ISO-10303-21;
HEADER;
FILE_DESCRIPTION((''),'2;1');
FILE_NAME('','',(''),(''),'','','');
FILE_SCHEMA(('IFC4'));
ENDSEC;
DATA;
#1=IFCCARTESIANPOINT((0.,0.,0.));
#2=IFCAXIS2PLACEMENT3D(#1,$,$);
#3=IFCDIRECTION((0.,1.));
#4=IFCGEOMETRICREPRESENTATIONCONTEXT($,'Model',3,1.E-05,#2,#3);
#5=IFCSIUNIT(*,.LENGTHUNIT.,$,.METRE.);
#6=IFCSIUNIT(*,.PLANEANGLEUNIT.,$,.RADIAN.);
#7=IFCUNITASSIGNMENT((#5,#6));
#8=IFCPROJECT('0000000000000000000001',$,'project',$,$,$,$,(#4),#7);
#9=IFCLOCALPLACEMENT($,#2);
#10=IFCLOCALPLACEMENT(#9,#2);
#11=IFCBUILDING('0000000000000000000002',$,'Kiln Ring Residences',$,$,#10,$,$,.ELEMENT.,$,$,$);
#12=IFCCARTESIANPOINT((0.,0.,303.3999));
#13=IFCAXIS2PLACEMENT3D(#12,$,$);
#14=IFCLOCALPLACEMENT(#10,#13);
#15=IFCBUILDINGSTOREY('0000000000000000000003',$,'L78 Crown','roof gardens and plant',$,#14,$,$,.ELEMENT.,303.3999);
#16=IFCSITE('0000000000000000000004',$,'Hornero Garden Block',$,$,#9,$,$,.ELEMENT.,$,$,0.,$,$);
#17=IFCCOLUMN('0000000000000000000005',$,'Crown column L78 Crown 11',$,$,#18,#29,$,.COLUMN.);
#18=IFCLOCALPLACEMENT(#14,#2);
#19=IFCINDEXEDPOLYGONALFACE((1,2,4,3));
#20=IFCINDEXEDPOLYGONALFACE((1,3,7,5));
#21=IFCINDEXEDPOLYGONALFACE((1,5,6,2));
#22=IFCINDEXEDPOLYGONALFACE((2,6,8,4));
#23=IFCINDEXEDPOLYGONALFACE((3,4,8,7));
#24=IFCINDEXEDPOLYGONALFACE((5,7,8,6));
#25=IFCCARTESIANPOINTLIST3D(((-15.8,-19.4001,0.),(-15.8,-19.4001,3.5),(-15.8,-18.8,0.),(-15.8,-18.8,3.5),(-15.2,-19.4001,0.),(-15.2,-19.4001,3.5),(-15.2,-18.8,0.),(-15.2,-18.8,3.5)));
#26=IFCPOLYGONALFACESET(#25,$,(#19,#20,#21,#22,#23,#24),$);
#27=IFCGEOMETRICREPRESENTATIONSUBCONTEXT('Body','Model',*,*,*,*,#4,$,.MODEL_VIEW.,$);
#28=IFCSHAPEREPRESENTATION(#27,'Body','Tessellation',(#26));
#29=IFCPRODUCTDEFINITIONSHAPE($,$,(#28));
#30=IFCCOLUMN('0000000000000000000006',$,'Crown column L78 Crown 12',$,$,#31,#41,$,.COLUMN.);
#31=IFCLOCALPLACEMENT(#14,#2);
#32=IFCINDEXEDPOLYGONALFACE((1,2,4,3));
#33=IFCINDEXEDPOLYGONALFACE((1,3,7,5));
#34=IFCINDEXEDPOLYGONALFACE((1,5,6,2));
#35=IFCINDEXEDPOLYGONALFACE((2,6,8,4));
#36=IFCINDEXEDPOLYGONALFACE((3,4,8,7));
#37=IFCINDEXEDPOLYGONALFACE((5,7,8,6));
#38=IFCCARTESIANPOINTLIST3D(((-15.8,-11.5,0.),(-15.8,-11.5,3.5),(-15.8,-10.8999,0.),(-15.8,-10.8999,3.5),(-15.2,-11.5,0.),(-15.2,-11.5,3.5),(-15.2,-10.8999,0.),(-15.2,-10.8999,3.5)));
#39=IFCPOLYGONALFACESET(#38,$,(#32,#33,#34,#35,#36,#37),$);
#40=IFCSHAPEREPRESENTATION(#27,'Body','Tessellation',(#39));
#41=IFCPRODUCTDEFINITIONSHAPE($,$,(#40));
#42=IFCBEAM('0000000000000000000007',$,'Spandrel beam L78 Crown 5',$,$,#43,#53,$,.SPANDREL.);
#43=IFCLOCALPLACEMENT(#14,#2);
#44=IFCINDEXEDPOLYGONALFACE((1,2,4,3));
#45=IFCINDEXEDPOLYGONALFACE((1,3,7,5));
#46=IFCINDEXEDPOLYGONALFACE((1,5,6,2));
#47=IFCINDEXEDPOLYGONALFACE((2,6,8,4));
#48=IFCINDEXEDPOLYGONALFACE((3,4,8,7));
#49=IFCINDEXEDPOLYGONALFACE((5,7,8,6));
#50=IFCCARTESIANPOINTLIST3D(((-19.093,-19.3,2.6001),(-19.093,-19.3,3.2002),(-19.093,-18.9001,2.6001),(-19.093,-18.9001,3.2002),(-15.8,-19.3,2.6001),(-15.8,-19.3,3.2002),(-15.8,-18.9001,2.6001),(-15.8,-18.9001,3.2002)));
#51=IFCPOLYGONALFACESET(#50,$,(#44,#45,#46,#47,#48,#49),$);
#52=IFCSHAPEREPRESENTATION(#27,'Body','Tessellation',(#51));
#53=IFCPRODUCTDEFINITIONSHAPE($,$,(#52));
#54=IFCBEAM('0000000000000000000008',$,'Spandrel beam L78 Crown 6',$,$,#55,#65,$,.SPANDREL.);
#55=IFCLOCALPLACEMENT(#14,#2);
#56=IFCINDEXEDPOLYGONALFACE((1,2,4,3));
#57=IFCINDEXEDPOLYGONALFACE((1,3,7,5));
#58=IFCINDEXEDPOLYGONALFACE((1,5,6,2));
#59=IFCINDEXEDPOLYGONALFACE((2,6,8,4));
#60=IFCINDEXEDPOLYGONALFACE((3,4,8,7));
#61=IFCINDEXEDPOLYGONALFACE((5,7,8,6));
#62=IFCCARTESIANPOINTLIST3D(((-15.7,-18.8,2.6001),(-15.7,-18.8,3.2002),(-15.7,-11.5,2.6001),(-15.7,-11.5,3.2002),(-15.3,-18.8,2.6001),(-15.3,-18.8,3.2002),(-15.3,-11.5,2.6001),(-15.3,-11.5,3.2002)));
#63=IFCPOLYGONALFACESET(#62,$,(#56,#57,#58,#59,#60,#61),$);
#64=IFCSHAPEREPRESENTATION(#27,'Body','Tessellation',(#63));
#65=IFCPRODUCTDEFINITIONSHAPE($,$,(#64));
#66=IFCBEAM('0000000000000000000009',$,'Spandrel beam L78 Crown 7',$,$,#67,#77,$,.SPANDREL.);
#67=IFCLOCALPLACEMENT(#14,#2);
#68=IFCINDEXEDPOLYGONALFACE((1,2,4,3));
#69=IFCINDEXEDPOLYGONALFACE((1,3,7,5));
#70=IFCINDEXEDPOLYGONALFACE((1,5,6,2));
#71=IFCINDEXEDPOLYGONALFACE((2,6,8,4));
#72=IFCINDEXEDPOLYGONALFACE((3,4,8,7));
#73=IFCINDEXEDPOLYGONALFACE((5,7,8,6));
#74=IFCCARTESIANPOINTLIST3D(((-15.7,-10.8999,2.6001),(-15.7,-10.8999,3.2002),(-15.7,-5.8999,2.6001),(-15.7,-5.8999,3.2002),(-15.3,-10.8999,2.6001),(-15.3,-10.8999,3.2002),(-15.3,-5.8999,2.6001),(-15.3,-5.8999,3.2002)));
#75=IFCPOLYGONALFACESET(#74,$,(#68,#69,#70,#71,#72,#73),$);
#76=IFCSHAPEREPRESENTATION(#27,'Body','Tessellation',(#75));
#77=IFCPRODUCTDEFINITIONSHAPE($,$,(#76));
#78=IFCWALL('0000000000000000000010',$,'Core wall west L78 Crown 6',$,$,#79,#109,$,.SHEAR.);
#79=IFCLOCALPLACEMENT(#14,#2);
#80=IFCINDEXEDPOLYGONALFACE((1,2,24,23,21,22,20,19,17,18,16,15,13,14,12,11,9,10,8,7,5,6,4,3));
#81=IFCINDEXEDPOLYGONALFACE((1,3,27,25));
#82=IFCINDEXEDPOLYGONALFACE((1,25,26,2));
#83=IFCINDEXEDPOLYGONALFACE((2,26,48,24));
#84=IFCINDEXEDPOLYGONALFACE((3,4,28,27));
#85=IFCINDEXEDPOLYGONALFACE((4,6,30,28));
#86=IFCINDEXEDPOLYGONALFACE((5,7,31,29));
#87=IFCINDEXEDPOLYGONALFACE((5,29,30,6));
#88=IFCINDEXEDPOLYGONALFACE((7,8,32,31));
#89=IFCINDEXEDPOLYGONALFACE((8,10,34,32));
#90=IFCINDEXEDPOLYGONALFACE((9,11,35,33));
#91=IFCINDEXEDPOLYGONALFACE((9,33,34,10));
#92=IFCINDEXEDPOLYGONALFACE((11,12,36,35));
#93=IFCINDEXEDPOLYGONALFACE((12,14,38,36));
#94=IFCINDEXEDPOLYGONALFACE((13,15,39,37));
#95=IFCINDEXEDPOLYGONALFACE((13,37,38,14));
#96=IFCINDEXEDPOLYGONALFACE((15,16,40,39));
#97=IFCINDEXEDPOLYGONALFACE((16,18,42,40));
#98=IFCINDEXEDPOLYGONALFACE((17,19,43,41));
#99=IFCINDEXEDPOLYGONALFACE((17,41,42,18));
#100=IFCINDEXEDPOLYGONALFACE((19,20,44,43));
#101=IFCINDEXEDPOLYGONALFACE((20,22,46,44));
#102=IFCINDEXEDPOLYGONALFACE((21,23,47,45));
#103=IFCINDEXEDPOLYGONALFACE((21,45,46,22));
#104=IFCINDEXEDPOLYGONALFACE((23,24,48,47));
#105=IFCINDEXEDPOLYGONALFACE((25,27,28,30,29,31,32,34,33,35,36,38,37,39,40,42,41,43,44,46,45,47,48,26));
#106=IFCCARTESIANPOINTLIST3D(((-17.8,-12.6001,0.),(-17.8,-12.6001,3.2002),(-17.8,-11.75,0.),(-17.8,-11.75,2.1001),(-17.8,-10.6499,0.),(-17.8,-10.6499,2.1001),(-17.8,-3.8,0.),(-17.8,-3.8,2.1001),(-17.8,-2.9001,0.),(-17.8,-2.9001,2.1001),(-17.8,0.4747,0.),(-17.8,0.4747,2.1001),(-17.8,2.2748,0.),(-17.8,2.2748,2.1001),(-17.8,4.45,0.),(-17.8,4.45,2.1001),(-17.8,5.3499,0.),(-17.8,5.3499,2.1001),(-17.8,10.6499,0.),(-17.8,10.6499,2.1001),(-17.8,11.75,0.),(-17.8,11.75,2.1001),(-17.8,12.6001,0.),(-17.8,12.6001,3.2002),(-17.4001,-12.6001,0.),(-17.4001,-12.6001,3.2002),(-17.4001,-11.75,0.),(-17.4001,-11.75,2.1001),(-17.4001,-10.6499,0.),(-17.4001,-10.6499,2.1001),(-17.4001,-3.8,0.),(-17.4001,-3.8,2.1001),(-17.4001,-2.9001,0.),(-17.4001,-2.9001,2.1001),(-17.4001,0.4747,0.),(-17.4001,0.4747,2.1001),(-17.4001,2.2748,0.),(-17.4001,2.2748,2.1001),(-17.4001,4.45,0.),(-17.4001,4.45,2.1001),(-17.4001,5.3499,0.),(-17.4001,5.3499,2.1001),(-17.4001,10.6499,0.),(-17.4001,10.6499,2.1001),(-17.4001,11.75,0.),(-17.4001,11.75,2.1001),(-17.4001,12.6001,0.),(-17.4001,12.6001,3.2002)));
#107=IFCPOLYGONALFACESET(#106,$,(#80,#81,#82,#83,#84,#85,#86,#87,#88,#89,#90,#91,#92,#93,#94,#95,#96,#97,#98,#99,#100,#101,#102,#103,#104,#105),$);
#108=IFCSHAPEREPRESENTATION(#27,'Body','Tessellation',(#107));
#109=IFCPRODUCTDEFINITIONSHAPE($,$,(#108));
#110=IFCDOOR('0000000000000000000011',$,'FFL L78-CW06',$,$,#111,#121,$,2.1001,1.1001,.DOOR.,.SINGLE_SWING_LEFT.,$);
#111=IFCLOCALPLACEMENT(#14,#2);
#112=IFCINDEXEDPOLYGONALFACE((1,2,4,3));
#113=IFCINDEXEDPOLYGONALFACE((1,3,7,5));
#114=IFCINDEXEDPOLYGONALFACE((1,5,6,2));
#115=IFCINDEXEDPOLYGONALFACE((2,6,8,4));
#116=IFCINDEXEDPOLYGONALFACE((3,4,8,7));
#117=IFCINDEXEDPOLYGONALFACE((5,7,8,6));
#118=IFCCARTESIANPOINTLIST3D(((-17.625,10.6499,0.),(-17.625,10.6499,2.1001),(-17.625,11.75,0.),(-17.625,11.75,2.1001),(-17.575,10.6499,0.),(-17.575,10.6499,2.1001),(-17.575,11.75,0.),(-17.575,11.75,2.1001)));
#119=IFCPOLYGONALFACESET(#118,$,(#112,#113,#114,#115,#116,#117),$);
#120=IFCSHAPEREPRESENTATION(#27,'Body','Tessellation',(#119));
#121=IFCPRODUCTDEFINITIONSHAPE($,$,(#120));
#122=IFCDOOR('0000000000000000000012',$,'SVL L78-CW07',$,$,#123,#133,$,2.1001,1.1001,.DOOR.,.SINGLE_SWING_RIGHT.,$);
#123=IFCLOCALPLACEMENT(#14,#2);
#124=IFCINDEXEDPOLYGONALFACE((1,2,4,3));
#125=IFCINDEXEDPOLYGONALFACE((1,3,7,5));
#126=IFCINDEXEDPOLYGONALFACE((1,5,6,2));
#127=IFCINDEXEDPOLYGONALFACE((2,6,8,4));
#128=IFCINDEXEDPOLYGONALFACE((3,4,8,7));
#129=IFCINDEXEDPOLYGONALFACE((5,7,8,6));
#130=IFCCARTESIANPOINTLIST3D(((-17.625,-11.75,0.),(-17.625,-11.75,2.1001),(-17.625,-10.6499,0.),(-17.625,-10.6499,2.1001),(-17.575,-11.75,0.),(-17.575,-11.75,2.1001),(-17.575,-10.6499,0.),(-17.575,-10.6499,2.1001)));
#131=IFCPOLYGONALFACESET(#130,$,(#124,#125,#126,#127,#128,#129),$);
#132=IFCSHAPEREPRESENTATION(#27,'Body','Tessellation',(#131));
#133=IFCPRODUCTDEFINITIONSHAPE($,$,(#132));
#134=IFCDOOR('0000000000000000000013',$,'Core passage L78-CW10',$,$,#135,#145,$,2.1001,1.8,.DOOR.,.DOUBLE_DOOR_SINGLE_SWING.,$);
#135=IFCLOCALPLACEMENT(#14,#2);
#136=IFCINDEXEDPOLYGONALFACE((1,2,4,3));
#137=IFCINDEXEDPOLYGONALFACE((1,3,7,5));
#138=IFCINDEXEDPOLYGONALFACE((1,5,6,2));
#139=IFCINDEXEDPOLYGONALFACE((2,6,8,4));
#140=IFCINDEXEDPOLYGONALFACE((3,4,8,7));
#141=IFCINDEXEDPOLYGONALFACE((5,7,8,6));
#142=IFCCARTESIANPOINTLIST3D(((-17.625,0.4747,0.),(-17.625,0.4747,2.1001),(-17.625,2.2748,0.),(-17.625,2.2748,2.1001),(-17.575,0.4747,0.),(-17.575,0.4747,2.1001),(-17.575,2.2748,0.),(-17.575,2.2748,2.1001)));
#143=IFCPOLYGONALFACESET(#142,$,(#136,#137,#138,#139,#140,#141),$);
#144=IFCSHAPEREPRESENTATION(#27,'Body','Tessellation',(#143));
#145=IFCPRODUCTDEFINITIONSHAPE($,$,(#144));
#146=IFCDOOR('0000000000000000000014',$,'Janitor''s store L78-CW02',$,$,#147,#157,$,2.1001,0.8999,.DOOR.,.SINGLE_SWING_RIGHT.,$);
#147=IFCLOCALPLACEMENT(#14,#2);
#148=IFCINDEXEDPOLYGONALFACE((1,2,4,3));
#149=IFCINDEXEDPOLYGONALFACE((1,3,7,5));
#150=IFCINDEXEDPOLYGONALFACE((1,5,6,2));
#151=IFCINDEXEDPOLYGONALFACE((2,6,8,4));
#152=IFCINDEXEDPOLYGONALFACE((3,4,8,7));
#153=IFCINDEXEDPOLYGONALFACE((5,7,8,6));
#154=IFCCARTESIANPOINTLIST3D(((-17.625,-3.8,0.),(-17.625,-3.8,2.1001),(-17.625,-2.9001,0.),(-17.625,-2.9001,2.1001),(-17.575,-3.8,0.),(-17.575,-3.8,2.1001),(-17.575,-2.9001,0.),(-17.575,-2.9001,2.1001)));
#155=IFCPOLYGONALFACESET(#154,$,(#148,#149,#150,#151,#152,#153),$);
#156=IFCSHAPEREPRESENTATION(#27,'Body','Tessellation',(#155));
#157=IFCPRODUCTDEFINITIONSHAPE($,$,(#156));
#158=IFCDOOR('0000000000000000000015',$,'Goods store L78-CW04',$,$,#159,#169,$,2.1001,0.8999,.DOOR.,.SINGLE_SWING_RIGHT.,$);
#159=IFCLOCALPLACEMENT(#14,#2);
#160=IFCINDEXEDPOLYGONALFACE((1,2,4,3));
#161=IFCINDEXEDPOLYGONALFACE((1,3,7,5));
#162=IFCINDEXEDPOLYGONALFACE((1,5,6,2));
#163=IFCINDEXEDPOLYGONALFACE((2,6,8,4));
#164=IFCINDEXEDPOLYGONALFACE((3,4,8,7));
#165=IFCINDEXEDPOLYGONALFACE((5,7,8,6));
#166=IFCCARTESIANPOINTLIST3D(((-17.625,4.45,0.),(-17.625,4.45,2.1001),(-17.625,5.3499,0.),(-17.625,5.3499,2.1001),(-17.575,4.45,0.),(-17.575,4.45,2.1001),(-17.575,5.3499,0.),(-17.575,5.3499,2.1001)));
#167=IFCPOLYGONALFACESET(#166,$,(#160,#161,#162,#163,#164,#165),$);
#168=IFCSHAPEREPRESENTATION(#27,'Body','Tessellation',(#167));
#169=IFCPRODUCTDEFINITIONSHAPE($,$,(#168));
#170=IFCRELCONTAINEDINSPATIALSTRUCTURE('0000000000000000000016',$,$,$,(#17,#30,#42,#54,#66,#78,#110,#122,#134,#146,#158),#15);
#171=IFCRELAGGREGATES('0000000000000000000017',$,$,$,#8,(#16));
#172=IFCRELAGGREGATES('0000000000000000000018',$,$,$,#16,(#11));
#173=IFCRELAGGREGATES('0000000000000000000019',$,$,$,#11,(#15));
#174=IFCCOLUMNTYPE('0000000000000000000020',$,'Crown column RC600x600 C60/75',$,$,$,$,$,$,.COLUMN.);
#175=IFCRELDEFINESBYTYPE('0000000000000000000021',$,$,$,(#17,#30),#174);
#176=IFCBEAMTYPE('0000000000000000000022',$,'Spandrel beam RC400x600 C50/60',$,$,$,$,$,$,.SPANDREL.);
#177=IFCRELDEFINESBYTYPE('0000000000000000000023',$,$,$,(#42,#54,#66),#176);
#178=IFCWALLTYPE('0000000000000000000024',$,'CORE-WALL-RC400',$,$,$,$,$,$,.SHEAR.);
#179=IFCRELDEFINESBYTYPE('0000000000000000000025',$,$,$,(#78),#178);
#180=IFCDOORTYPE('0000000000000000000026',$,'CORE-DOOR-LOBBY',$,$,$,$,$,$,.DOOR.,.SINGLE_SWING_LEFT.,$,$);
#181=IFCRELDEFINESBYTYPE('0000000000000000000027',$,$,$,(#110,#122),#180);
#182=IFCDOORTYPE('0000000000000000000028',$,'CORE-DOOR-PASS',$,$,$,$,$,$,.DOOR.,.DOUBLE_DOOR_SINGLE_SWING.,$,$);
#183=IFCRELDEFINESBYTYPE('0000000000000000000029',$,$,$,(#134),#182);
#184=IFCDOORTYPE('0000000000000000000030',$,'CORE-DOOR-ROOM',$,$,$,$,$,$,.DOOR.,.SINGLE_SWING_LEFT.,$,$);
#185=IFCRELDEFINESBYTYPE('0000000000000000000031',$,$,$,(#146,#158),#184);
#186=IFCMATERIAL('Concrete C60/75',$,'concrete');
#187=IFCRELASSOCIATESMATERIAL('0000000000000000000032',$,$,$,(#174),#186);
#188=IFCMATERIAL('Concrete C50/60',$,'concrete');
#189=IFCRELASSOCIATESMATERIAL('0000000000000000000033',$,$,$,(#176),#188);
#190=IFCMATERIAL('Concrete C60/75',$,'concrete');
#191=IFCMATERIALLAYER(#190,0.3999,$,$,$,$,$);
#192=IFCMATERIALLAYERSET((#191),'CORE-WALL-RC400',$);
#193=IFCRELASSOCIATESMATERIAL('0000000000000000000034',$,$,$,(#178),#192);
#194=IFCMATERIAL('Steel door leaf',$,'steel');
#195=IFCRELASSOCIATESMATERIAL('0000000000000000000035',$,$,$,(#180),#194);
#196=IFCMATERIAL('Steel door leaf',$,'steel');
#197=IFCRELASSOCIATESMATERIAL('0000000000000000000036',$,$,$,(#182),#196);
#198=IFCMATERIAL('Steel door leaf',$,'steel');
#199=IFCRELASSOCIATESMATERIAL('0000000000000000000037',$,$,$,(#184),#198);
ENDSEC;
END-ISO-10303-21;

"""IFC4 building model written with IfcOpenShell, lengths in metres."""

from ifc_helpers import new_model, si_unit, direction, frame, frame_2d, origin, origin_2d, place, context, subcontext, project, spatial, rectangle, extrude, material, layer, layer_set, material_profile, profile_set, type_object, element, fill, save


model = new_model("IFC4")

# Units and contexts
model_context = context("Model", 3, precision=1e-05, world=origin(), true_north=direction((0.0, 1.0)))
body_context = subcontext(model_context, "Body", "Model", "MODEL_VIEW")
ifc_project = project(units=[si_unit("LENGTHUNIT", "METRE"), si_unit("PLANEANGLEUNIT", "RADIAN")], contexts=[model_context])

# Site, building, storey
site_placement = place(None, origin())
site = spatial("IfcSite", under=ifc_project, at=site_placement, Name="Hornero Garden Block", CompositionType="ELEMENT", RefElevation=0.0)
building_placement = place(site_placement, origin())
building = spatial("IfcBuilding", under=site, at=building_placement, Name="Kiln Ring Residences", CompositionType="ELEMENT")
storey_placement = place(building_placement, frame((0.0, 0.0, 303.3999)))
storey = spatial("IfcBuildingStorey", under=building, at=storey_placement, Name="L78 Crown", Description="roof gardens and plant", CompositionType="ELEMENT", Elevation=303.3999)

# Columns
ifc_material_1 = material(Name="Concrete C60/75", Category="concrete")
ifc_material_profile_1 = material_profile(ifc_material_1, rectangle(XDim=0.6001, YDim=0.6001, at=origin_2d()), Name="RC600x600")
ifc_profile_set_1 = profile_set([ifc_material_profile_1], Name="Concrete C60/75")
column_type = type_object("IfcColumnType", Name="Crown column RC600x600 C60/75", PredefinedType="COLUMN", material=ifc_profile_set_1)
for number, where, z_axis, x_axis, name in (
    (1, (-15.5, -19.1001, 0.0), (0.0, 0.0, 1.0), (1.0, 0.0, 0.0), "Crown column L78 Crown 11"),
    (2, (-15.5, -11.2, 0.0), (0.0, 0.0, 1.0), (1.0, 0.0, 0.0), "Crown column L78 Crown 12"),
):
    element("IfcColumn", number, at=place(storey_placement, frame(where, z_axis=z_axis, x_axis=x_axis)), inside=storey, type_object=column_type, Name=name, PredefinedType="COLUMN", context=body_context, shape_type="SweptSolid", body=[
        extrude(rectangle(XDim=0.6001, YDim=0.6001, at=origin_2d()), origin(), (0.0, 0.0, 1.0), 3.5),
    ])

# Beams
ifc_material_2 = material(Name="Concrete C50/60", Category="concrete")
ifc_material_profile_2 = material_profile(ifc_material_2, rectangle(XDim=0.3999, YDim=0.6001, at=origin_2d()), Name="RC400x600")
ifc_profile_set_2 = profile_set([ifc_material_profile_2], Name="Concrete C50/60")
beam_type = type_object("IfcBeamType", Name="Spandrel beam RC400x600 C50/60", PredefinedType="SPANDREL", material=ifc_profile_set_2)
beam_1_placement = place(storey_placement, frame((-19.093, -19.1001, 2.9001), z_axis=(1.0, 0.0, 0.0), x_axis=(0.0, 1.0, 0.0)))
element("IfcBeam", 3, at=beam_1_placement, inside=storey, type_object=beam_type, Name="Spandrel beam L78 Crown 5", PredefinedType="SPANDREL", context=body_context, shape_type="SweptSolid", body=[
    extrude(rectangle(XDim=0.3999, YDim=0.6001, at=origin_2d()), origin(), (0.0, 0.0, 1.0), 3.293),
])
beam_2_placement = place(storey_placement, frame((-15.5, -18.8, 2.9001), z_axis=(0.0, 1.0, 0.0), x_axis=(-1.0, 0.0, 0.0)))
element("IfcBeam", 4, at=beam_2_placement, inside=storey, type_object=beam_type, Name="Spandrel beam L78 Crown 6", PredefinedType="SPANDREL", context=body_context, shape_type="SweptSolid", body=[
    extrude(rectangle(XDim=0.3999, YDim=0.6001, at=origin_2d()), origin(), (0.0, 0.0, 1.0), 7.3),
])
beam_3_placement = place(storey_placement, frame((-15.5, -10.8999, 2.9001), z_axis=(0.0, 1.0, 0.0), x_axis=(-1.0, 0.0, 0.0)))
element("IfcBeam", 5, at=beam_3_placement, inside=storey, type_object=beam_type, Name="Spandrel beam L78 Crown 7", PredefinedType="SPANDREL", context=body_context, shape_type="SweptSolid", body=[
    extrude(rectangle(XDim=0.3999, YDim=0.6001, at=origin_2d()), origin(), (0.0, 0.0, 1.0), 5.0),
])

# Wall, openings, doors
ifc_material_3 = material(Name="Concrete C60/75", Category="concrete")
ifc_layer_1 = layer(ifc_material_3, 0.3999)
ifc_layer_set_1 = layer_set([ifc_layer_1], Name="CORE-WALL-RC400")
wall_type_1 = type_object("IfcWallType", Name="CORE-WALL-RC400", PredefinedType="SHEAR", material=ifc_layer_set_1)
wall_1_placement = place(storey_placement, frame((-17.6001, -12.6001, 0.0), z_axis=(0.0, 0.0, 1.0), x_axis=(0.0, 1.0, 0.0)))
wall_1 = element("IfcWall", 6, at=wall_1_placement, inside=storey, type_object=wall_type_1, Name="Core wall west L78 Crown 6", PredefinedType="SHEAR", context=body_context, shape_type="SweptSolid", body=[
    extrude(rectangle(XDim=25.2002, YDim=0.3999, at=frame_2d((12.6001, 0.0))), origin(), (0.0, 0.0, 1.0), 3.2002),
])
opening_1_placement = place(wall_1_placement, frame((8.8, 0.0, 0.0)))
opening_1 = element("IfcOpeningElement", 7, at=opening_1_placement, cuts=wall_1, PredefinedType="OPENING", context=body_context, shape_type="SweptSolid", body=[
    extrude(rectangle(XDim=0.8999, YDim=2.1001, at=frame_2d((0.45, 1.05))), frame((0.0, 0.21, 0.0), z_axis=(0.0, -1.0, 0.0), x_axis=(1.0, 0.0, 0.0)), (0.0, 0.0, 1.0), 0.4199),
])
opening_2_placement = place(wall_1_placement, frame((17.05, 0.0, 0.0)))
opening_2 = element("IfcOpeningElement", 8, at=opening_2_placement, cuts=wall_1, PredefinedType="OPENING", context=body_context, shape_type="SweptSolid", body=[
    extrude(rectangle(XDim=0.8999, YDim=2.1001, at=frame_2d((0.45, 1.05))), frame((0.0, 0.21, 0.0), z_axis=(0.0, -1.0, 0.0), x_axis=(1.0, 0.0, 0.0)), (0.0, 0.0, 1.0), 0.4199),
])
opening_3_placement = place(wall_1_placement, frame((23.25, 0.0, 0.0)))
opening_3 = element("IfcOpeningElement", 9, at=opening_3_placement, cuts=wall_1, PredefinedType="OPENING", context=body_context, shape_type="SweptSolid", body=[
    extrude(rectangle(XDim=1.1001, YDim=2.1001, at=frame_2d((0.55, 1.05))), frame((0.0, 0.21, 0.0), z_axis=(0.0, -1.0, 0.0), x_axis=(1.0, 0.0, 0.0)), (0.0, 0.0, 1.0), 0.4199),
])
opening_4_placement = place(wall_1_placement, frame((0.8501, 0.0, 0.0)))
opening_4 = element("IfcOpeningElement", 10, at=opening_4_placement, cuts=wall_1, PredefinedType="OPENING", context=body_context, shape_type="SweptSolid", body=[
    extrude(rectangle(XDim=1.1001, YDim=2.1001, at=frame_2d((0.55, 1.05))), frame((0.0, 0.21, 0.0), z_axis=(0.0, -1.0, 0.0), x_axis=(1.0, 0.0, 0.0)), (0.0, 0.0, 1.0), 0.4199),
])
opening_5_placement = place(wall_1_placement, frame((13.075, 0.0, 0.0)))
opening_5 = element("IfcOpeningElement", 11, at=opening_5_placement, cuts=wall_1, PredefinedType="OPENING", context=body_context, shape_type="SweptSolid", body=[
    extrude(rectangle(XDim=1.8, YDim=2.1001, at=frame_2d((0.8999, 1.05))), frame((0.0, 0.21, 0.0), z_axis=(0.0, -1.0, 0.0), x_axis=(1.0, 0.0, 0.0)), (0.0, 0.0, 1.0), 0.4199),
])
ifc_material_4 = material(Name="Steel door leaf", Category="steel")
door_type_1 = type_object("IfcDoorType", Name="CORE-DOOR-LOBBY", OperationType="SINGLE_SWING_LEFT", PredefinedType="DOOR", material=ifc_material_4)
door_1_placement = place(opening_3_placement, origin())
door_1 = element("IfcDoor", 12, at=door_1_placement, inside=storey, type_object=door_type_1, Name="FFL L78-CW06", OperationType="SINGLE_SWING_LEFT", OverallHeight=2.1001, OverallWidth=1.1001, PredefinedType="DOOR", context=body_context, shape_type="SweptSolid", body=[
    extrude(rectangle(XDim=1.1001, YDim=2.1001, at=frame_2d((0.55, 1.05))), frame((0.0, 0.0249, 0.0), z_axis=(0.0, -1.0, 0.0), x_axis=(1.0, 0.0, 0.0)), (0.0, 0.0, 1.0), 0.05),
])
fill(opening_3, door_1)
door_2_placement = place(opening_4_placement, origin())
door_2 = element("IfcDoor", 13, at=door_2_placement, inside=storey, type_object=door_type_1, Name="SVL L78-CW07", OperationType="SINGLE_SWING_RIGHT", OverallHeight=2.1001, OverallWidth=1.1001, PredefinedType="DOOR", context=body_context, shape_type="SweptSolid", body=[
    extrude(rectangle(XDim=1.1001, YDim=2.1001, at=frame_2d((0.55, 1.05))), frame((0.0, 0.0249, 0.0), z_axis=(0.0, -1.0, 0.0), x_axis=(1.0, 0.0, 0.0)), (0.0, 0.0, 1.0), 0.05),
])
fill(opening_4, door_2)
ifc_material_5 = material(Name="Steel door leaf", Category="steel")
door_type_2 = type_object("IfcDoorType", Name="CORE-DOOR-PASS", OperationType="DOUBLE_DOOR_SINGLE_SWING", PredefinedType="DOOR", material=ifc_material_5)
door_3_placement = place(opening_5_placement, origin())
door_3 = element("IfcDoor", 14, at=door_3_placement, inside=storey, type_object=door_type_2, Name="Core passage L78-CW10", OperationType="DOUBLE_DOOR_SINGLE_SWING", OverallHeight=2.1001, OverallWidth=1.8, PredefinedType="DOOR", context=body_context, shape_type="SweptSolid", body=[
    extrude(rectangle(XDim=1.8, YDim=2.1001, at=frame_2d((0.8999, 1.05))), frame((0.0, 0.0249, 0.0), z_axis=(0.0, -1.0, 0.0), x_axis=(1.0, 0.0, 0.0)), (0.0, 0.0, 1.0), 0.05),
])
fill(opening_5, door_3)
ifc_material_6 = material(Name="Steel door leaf", Category="steel")
door_type_3 = type_object("IfcDoorType", Name="CORE-DOOR-ROOM", OperationType="SINGLE_SWING_LEFT", PredefinedType="DOOR", material=ifc_material_6)
door_4_placement = place(opening_1_placement, origin())
door_4 = element("IfcDoor", 15, at=door_4_placement, inside=storey, type_object=door_type_3, Name="Janitor's store L78-CW02", OperationType="SINGLE_SWING_RIGHT", OverallHeight=2.1001, OverallWidth=0.8999, PredefinedType="DOOR", context=body_context, shape_type="SweptSolid", body=[
    extrude(rectangle(XDim=0.8999, YDim=2.1001, at=frame_2d((0.45, 1.05))), frame((0.0, 0.0249, 0.0), z_axis=(0.0, -1.0, 0.0), x_axis=(1.0, 0.0, 0.0)), (0.0, 0.0, 1.0), 0.05),
])
fill(opening_1, door_4)
door_5_placement = place(opening_2_placement, origin())
door_5 = element("IfcDoor", 16, at=door_5_placement, inside=storey, type_object=door_type_3, Name="Goods store L78-CW04", OperationType="SINGLE_SWING_RIGHT", OverallHeight=2.1001, OverallWidth=0.8999, PredefinedType="DOOR", context=body_context, shape_type="SweptSolid", body=[
    extrude(rectangle(XDim=0.8999, YDim=2.1001, at=frame_2d((0.45, 1.05))), frame((0.0, 0.0249, 0.0), z_axis=(0.0, -1.0, 0.0), x_axis=(1.0, 0.0, 0.0)), (0.0, 0.0, 1.0), 0.05),
])
fill(opening_2, door_5)

save(model, "model.ifc")
